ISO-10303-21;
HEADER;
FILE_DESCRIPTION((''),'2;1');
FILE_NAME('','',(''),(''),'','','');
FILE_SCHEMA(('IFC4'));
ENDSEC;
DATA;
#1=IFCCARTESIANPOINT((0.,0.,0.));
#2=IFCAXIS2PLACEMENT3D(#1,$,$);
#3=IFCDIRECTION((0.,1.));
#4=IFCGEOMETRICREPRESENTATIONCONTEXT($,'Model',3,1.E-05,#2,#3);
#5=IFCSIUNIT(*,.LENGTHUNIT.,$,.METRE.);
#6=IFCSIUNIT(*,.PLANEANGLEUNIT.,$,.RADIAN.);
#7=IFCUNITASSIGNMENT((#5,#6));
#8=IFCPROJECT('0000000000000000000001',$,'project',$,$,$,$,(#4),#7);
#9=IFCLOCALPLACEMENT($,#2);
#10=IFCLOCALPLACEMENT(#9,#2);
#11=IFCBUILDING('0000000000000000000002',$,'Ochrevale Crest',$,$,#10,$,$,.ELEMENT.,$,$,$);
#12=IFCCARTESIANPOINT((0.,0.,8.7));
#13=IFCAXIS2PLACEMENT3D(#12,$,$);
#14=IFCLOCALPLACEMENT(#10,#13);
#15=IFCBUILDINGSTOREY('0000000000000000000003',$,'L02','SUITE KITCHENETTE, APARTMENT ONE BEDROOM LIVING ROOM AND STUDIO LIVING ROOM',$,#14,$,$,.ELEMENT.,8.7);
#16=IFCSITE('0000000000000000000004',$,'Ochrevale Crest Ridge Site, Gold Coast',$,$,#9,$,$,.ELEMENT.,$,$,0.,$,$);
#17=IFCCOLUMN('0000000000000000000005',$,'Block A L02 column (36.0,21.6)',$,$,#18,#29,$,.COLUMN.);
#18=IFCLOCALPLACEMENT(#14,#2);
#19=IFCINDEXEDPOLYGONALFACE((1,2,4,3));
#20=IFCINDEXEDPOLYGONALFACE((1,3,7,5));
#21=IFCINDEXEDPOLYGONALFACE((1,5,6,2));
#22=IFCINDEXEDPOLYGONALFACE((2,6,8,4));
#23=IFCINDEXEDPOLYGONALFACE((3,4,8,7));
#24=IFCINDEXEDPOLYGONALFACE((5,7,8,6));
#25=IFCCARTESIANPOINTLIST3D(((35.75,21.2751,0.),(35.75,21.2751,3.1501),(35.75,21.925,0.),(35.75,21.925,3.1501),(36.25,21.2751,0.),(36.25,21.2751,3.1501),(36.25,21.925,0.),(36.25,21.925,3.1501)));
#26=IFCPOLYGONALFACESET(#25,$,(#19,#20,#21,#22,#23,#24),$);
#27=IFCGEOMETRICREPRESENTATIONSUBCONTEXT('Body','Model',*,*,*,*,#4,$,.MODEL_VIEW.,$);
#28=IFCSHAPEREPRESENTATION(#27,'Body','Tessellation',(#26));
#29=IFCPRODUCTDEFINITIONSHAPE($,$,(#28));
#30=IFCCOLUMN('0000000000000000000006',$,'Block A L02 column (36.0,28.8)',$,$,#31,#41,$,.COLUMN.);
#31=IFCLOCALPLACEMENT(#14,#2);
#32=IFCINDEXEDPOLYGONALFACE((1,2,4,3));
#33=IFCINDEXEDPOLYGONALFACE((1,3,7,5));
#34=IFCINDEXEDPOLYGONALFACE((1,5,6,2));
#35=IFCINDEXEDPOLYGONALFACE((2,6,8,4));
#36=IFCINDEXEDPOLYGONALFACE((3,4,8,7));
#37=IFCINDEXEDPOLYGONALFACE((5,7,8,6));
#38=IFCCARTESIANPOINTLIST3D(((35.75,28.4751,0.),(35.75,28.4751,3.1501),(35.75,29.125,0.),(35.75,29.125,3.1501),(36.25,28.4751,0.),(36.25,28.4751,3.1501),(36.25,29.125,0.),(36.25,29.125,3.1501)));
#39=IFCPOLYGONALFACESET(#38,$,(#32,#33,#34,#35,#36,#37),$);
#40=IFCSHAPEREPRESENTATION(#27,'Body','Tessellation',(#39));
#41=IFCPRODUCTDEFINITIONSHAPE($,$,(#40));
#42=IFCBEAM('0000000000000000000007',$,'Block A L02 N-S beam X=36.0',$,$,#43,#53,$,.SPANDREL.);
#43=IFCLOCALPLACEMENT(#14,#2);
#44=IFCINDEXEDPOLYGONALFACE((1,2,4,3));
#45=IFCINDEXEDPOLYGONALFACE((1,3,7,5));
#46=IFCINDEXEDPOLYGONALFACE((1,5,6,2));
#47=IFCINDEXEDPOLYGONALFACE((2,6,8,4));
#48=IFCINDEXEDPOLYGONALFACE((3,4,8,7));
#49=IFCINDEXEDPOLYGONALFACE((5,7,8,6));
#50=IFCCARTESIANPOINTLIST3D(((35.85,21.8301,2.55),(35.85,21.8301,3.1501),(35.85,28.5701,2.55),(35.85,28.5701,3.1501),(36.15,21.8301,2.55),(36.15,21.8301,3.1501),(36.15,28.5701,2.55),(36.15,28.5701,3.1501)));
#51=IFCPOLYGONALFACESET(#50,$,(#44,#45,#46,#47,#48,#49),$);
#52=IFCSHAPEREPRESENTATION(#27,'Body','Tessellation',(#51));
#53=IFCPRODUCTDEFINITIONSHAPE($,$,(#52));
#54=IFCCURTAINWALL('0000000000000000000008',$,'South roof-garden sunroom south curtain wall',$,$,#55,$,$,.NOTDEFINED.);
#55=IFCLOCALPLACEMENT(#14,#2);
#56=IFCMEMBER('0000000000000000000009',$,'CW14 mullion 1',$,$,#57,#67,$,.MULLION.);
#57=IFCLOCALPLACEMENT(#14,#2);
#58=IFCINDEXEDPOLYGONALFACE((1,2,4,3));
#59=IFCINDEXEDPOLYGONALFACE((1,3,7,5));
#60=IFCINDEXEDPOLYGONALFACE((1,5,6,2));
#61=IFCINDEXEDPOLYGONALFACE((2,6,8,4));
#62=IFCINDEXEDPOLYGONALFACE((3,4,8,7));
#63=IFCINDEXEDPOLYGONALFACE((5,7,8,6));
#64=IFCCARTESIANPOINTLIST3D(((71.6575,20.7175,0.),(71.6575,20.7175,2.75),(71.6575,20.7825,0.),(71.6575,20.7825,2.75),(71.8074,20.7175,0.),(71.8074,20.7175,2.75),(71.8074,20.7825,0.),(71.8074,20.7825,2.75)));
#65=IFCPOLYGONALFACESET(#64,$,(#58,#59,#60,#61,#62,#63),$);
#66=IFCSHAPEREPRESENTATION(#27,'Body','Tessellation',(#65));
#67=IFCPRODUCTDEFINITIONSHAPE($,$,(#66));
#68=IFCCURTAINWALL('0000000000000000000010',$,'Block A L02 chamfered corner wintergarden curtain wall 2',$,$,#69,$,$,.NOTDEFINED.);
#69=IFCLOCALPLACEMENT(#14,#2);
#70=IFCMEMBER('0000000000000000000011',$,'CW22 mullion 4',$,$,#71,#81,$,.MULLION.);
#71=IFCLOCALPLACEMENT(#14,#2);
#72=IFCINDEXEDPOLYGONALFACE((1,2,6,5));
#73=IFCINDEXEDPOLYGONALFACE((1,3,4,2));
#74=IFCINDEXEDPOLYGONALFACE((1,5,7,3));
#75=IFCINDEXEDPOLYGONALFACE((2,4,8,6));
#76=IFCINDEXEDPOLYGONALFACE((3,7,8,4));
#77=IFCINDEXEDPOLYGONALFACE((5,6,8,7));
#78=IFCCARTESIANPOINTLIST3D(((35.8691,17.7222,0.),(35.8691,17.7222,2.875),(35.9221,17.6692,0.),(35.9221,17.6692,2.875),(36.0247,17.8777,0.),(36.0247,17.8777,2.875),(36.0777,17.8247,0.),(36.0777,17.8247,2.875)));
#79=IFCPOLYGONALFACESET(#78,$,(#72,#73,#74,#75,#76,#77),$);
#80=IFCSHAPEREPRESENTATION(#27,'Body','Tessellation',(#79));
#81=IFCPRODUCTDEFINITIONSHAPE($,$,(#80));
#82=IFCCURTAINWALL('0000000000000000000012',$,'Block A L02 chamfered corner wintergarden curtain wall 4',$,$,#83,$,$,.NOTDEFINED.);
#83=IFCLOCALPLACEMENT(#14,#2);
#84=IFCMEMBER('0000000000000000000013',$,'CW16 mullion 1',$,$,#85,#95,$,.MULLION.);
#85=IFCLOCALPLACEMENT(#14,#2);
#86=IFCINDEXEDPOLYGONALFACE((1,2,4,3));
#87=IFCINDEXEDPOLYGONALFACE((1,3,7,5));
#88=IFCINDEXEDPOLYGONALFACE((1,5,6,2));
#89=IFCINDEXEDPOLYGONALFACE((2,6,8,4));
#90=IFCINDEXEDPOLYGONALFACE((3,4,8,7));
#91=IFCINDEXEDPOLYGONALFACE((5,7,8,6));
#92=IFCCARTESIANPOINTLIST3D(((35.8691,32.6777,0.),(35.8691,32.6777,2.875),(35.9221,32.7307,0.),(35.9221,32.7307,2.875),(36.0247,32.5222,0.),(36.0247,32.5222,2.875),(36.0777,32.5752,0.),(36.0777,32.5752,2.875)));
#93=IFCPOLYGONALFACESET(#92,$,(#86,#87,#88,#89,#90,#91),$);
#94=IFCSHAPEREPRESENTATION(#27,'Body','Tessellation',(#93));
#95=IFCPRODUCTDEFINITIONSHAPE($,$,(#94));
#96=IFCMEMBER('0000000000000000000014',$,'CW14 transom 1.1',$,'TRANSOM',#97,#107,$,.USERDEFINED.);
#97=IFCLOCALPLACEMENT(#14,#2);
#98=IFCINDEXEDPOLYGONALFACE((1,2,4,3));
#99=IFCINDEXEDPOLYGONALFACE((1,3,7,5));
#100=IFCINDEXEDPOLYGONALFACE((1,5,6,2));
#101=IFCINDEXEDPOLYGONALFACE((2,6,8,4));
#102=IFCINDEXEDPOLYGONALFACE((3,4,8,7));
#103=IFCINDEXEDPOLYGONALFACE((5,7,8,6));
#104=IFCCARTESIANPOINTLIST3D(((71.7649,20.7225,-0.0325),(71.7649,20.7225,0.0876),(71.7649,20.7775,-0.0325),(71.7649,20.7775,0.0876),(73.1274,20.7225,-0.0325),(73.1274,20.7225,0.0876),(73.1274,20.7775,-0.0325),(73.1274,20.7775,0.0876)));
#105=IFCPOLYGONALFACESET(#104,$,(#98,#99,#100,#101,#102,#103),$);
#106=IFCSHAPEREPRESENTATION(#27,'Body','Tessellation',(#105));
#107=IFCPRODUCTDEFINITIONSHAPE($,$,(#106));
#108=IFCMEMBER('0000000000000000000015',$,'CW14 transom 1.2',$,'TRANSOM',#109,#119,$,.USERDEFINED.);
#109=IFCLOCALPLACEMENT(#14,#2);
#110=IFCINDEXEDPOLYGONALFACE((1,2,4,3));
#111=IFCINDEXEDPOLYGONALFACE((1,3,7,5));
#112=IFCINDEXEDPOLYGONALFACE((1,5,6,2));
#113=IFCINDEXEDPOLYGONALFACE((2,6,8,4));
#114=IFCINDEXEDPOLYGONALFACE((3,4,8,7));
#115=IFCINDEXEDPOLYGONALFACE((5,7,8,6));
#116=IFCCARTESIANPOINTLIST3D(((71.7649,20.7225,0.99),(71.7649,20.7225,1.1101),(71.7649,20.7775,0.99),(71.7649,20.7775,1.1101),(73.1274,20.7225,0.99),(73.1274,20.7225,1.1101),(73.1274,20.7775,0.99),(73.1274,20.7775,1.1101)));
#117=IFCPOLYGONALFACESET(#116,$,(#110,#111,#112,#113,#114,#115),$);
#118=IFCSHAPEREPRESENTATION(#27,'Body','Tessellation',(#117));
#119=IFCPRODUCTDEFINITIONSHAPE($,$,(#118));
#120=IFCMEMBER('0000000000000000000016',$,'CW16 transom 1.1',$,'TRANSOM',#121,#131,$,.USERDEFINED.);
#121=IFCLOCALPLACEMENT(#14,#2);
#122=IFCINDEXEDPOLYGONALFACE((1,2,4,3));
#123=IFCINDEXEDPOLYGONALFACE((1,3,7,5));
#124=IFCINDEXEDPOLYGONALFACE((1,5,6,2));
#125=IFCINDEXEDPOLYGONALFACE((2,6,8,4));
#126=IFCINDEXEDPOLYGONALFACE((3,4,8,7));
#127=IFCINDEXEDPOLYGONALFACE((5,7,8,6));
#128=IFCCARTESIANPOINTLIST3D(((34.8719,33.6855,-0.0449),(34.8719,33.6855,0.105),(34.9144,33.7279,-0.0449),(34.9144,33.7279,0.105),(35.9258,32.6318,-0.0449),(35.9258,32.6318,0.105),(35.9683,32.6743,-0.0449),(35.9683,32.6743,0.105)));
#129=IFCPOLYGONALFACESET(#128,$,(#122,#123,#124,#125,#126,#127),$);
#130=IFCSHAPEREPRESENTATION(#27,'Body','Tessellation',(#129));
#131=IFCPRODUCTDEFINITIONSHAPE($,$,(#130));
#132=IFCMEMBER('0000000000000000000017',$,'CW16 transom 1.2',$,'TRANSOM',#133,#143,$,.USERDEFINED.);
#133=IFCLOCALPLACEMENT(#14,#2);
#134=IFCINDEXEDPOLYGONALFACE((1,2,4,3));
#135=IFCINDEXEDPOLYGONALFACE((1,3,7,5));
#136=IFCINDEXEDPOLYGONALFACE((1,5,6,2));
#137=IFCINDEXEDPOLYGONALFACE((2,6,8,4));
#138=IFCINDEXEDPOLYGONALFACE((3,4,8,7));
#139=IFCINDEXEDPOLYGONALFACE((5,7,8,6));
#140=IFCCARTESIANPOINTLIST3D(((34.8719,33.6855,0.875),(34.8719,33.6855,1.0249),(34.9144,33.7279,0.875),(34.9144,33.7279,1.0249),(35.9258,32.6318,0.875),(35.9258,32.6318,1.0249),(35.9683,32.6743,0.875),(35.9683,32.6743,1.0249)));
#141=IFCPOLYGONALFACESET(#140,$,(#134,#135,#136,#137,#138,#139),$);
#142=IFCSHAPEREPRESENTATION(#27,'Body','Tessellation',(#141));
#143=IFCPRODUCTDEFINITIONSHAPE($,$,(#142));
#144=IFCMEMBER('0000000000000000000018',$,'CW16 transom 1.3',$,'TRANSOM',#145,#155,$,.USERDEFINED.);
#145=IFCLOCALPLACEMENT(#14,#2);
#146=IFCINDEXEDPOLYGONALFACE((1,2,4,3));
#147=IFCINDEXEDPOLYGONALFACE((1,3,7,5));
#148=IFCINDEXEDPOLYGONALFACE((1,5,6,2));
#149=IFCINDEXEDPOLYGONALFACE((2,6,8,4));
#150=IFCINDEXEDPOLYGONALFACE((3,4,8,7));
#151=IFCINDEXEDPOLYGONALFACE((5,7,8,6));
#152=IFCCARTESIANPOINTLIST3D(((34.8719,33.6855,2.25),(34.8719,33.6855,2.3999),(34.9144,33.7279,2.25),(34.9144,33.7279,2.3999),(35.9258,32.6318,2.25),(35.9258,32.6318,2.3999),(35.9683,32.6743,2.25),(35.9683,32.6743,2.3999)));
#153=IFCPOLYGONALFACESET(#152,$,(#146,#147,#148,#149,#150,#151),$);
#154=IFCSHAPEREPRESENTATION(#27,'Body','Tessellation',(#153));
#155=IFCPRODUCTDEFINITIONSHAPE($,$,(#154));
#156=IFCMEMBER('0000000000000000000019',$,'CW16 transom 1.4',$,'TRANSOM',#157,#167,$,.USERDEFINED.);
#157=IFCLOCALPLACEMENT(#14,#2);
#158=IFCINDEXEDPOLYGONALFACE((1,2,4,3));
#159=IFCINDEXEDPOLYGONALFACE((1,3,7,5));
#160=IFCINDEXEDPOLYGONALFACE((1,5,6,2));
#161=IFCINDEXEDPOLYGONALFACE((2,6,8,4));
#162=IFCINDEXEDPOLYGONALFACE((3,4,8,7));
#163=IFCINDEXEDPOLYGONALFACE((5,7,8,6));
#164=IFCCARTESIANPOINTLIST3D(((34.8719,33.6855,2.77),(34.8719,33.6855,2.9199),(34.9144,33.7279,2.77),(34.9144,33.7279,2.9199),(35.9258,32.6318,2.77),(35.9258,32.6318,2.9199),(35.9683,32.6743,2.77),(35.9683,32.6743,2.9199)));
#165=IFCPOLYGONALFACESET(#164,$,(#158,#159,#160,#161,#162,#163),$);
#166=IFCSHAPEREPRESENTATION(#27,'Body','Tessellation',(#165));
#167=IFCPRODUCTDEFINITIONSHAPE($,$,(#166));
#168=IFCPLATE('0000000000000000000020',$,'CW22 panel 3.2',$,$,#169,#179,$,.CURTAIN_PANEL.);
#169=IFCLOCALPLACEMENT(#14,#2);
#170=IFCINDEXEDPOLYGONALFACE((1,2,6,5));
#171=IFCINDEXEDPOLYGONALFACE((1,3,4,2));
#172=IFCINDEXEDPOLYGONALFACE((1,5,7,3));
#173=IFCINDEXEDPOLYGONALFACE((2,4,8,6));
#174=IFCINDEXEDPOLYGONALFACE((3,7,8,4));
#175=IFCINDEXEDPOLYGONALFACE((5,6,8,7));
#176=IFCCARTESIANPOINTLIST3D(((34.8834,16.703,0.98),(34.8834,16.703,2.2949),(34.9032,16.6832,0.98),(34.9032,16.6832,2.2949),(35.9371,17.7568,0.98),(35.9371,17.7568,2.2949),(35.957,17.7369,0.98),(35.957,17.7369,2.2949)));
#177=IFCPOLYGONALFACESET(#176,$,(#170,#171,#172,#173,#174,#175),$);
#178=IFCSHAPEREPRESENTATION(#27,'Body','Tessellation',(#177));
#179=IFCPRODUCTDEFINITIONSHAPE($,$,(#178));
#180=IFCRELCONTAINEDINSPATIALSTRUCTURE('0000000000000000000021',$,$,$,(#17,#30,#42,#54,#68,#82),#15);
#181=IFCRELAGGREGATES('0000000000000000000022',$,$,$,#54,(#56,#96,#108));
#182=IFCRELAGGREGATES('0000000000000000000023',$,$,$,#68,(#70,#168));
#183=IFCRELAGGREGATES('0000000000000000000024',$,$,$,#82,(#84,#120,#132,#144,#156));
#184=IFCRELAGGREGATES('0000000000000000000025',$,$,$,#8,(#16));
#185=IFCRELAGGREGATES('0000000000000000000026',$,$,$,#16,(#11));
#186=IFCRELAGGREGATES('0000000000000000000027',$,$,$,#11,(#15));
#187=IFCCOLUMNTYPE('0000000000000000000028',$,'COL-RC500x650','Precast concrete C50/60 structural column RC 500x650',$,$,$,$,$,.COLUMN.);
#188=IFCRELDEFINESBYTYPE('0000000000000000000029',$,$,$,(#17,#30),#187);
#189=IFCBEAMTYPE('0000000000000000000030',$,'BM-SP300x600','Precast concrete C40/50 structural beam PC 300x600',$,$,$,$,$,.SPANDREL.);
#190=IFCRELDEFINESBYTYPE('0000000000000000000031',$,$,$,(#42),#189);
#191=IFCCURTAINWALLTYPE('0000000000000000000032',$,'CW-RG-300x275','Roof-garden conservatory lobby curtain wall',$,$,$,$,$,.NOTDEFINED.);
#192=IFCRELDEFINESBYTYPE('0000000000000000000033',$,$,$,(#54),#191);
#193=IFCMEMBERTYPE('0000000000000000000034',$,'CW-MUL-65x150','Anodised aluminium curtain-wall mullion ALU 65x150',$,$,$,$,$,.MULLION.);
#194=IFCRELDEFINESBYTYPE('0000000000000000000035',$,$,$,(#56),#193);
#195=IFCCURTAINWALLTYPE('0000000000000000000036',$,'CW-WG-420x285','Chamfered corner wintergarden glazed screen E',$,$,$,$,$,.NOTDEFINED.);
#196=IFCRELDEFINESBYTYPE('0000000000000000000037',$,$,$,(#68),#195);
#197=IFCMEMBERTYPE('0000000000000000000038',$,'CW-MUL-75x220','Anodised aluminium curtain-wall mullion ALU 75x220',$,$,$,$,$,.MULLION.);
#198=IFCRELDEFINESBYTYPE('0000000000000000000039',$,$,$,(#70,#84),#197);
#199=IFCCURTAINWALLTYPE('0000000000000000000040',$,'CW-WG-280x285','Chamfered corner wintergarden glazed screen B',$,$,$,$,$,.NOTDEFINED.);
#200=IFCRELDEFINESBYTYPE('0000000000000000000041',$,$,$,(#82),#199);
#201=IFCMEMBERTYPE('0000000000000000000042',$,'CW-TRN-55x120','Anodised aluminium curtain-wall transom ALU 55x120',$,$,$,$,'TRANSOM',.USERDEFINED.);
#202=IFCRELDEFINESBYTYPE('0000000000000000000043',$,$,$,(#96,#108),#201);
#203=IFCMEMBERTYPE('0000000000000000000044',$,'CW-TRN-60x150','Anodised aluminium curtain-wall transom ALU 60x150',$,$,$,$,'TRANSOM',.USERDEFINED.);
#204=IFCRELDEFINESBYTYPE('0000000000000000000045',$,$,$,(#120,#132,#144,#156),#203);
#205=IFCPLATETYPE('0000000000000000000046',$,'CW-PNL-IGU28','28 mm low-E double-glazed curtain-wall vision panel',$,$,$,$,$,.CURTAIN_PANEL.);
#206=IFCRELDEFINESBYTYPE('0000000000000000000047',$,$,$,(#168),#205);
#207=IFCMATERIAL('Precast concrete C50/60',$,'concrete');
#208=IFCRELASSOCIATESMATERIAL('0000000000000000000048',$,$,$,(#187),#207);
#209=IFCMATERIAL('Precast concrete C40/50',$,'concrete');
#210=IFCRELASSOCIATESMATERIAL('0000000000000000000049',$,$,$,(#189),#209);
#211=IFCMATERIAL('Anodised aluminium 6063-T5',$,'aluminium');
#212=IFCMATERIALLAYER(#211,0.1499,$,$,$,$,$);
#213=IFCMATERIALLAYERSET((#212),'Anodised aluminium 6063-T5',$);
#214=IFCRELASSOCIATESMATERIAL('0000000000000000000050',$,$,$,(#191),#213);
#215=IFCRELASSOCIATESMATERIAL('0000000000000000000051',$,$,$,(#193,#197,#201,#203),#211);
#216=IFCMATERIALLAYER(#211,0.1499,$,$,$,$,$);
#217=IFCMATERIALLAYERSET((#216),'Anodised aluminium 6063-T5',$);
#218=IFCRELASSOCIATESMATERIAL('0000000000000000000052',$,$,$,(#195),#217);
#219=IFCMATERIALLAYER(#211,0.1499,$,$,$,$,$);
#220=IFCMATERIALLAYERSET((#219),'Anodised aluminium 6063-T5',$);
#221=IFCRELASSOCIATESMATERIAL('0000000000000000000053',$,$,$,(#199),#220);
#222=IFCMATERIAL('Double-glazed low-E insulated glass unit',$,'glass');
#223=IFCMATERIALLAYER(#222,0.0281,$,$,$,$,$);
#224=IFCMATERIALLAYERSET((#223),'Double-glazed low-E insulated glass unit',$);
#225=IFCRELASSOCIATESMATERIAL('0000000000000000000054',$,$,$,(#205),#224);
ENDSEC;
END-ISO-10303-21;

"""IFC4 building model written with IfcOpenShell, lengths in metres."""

from ifc_helpers import new_model, si_unit, direction, frame, origin, origin_2d, place, context, subcontext, project, spatial, rectangle, extrude, material, layer, layer_set, material_profile, profile_set, type_object, element, aggregate, save


model = new_model("IFC4")

# Units and contexts
model_context = context("Model", 3, precision=1e-05, world=origin(), true_north=direction((0.0, 1.0)))
body_context = subcontext(model_context, "Body", "Model", "MODEL_VIEW")
ifc_project = project(units=[si_unit("LENGTHUNIT", "METRE"), si_unit("PLANEANGLEUNIT", "RADIAN")], contexts=[model_context])

# Site, building, storey
site_placement = place(None, origin())
site = spatial("IfcSite", under=ifc_project, at=site_placement, Name="Ochrevale Crest Ridge Site, Gold Coast", CompositionType="ELEMENT", RefElevation=0.0)
building_placement = place(site_placement, origin())
building = spatial("IfcBuilding", under=site, at=building_placement, Name="Ochrevale Crest", CompositionType="ELEMENT")
storey_placement = place(building_placement, frame((0.0, 0.0, 8.7)))
storey = spatial("IfcBuildingStorey", under=building, at=storey_placement, Name="L02", Description="SUITE KITCHENETTE, APARTMENT ONE BEDROOM LIVING ROOM AND STUDIO LIVING ROOM", CompositionType="ELEMENT", Elevation=8.7)

# Columns
ifc_material_1 = material(Name="Precast concrete C50/60", Category="concrete")
ifc_material_profile_1 = material_profile(ifc_material_1, rectangle(XDim=0.5, YDim=0.6499, at=origin_2d()), Name="RC 500x650")
ifc_profile_set_1 = profile_set([ifc_material_profile_1], Name="Precast concrete C50/60")
column_type = type_object("IfcColumnType", Name="COL-RC500x650", Description="Precast concrete C50/60 structural column RC 500x650", PredefinedType="COLUMN", material=ifc_profile_set_1)
for number, where, z_axis, x_axis, name in (
    (1, (36.0, 21.6001, 0.0), (0.0, 0.0, 1.0), (1.0, 0.0, 0.0), "Block A L02 column (36.0,21.6)"),
    (2, (36.0, 28.8, 0.0), (0.0, 0.0, 1.0), (1.0, 0.0, 0.0), "Block A L02 column (36.0,28.8)"),
):
    element("IfcColumn", number, at=place(storey_placement, frame(where, z_axis=z_axis, x_axis=x_axis)), inside=storey, type_object=column_type, Name=name, PredefinedType="COLUMN", context=body_context, shape_type="SweptSolid", body=[
        extrude(rectangle(XDim=0.5, YDim=0.6499, at=origin_2d()), origin(), (0.0, 0.0, 1.0), 3.1501),
    ])

# Beam
ifc_material_2 = material(Name="Precast concrete C40/50", Category="concrete")
ifc_material_profile_2 = material_profile(ifc_material_2, rectangle(XDim=0.3, YDim=0.6001, at=origin_2d()), Name="PC 300x600")
ifc_profile_set_2 = profile_set([ifc_material_profile_2], Name="Precast concrete C40/50")
beam_type = type_object("IfcBeamType", Name="BM-SP300x600", Description="Precast concrete C40/50 structural beam PC 300x600", PredefinedType="SPANDREL", material=ifc_profile_set_2)
beam_placement = place(storey_placement, frame((36.0, 21.8301, 2.8501), z_axis=(0.0, 1.0, 0.0), x_axis=(-1.0, 0.0, 0.0)))
element("IfcBeam", 3, at=beam_placement, inside=storey, type_object=beam_type, Name="Block A L02 N-S beam X=36.0", PredefinedType="SPANDREL", context=body_context, shape_type="SweptSolid", body=[
    extrude(rectangle(XDim=0.3, YDim=0.6001, at=origin_2d()), origin(), (0.0, 0.0, 1.0), 6.74),
])

# Curtain walls, members
ifc_material_3 = material(Name="Anodised aluminium 6063-T5", Category="aluminium")
ifc_layer_1 = layer(ifc_material_3, 0.1499)
ifc_layer_set_1 = layer_set([ifc_layer_1], Name="Anodised aluminium 6063-T5")
curtain_wall_type_1 = type_object("IfcCurtainWallType", Name="CW-RG-300x275", Description="Roof-garden conservatory lobby curtain wall", PredefinedType="NOTDEFINED", material=ifc_layer_set_1)
curtain_wall_1_placement = place(storey_placement, origin())
curtain_wall_1 = element("IfcCurtainWall", 4, at=curtain_wall_1_placement, inside=storey, type_object=curtain_wall_type_1, Name="South roof-garden sunroom south curtain wall", PredefinedType="NOTDEFINED")
ifc_material_profile_3 = material_profile(ifc_material_3, rectangle(XDim=0.0649, YDim=0.1499, at=origin_2d()), Name="ALU 65x150")
ifc_profile_set_3 = profile_set([ifc_material_profile_3], Name="Anodised aluminium 6063-T5")
member_type_1 = type_object("IfcMemberType", Name="CW-MUL-65x150", Description="Anodised aluminium curtain-wall mullion ALU 65x150", PredefinedType="MULLION", material=ifc_profile_set_3)
member_1_placement = place(storey_placement, frame((71.7324, 20.75, 0.0), z_axis=(0.0, 0.0, 1.0), x_axis=(0.0, 1.0, 0.0)))
member_1 = element("IfcMember", 5, at=member_1_placement, type_object=member_type_1, Name="CW14 mullion 1", PredefinedType="MULLION", context=body_context, shape_type="SweptSolid", body=[
    extrude(rectangle(XDim=0.0649, YDim=0.1499, at=origin_2d()), origin(), (0.0, 0.0, 1.0), 2.75),
])
ifc_layer_2 = layer(ifc_material_3, 0.1499)
ifc_layer_set_2 = layer_set([ifc_layer_2], Name="Anodised aluminium 6063-T5")
curtain_wall_type_2 = type_object("IfcCurtainWallType", Name="CW-WG-420x285", Description="Chamfered corner wintergarden glazed screen E", PredefinedType="NOTDEFINED", material=ifc_layer_set_2)
curtain_wall_2_placement = place(storey_placement, origin())
curtain_wall_2 = element("IfcCurtainWall", 6, at=curtain_wall_2_placement, inside=storey, type_object=curtain_wall_type_2, Name="Block A L02 chamfered corner wintergarden curtain wall 2", PredefinedType="NOTDEFINED")
ifc_material_profile_4 = material_profile(ifc_material_3, rectangle(XDim=0.075, YDim=0.22, at=origin_2d()), Name="ALU 75x220")
ifc_profile_set_4 = profile_set([ifc_material_profile_4], Name="Anodised aluminium 6063-T5")
member_type_2 = type_object("IfcMemberType", Name="CW-MUL-75x220", Description="Anodised aluminium curtain-wall mullion ALU 75x220", PredefinedType="MULLION", material=ifc_profile_set_4)
member_2_placement = place(storey_placement, frame((35.9734, 17.7734, 0.0), z_axis=(0.0, 0.0, 1.0), x_axis=(-0.707107, 0.707107, 0.0)))
member_2 = element("IfcMember", 7, at=member_2_placement, type_object=member_type_2, Name="CW22 mullion 4", PredefinedType="MULLION", context=body_context, shape_type="SweptSolid", body=[
    extrude(rectangle(XDim=0.075, YDim=0.22, at=origin_2d()), origin(), (0.0, 0.0, 1.0), 2.875),
])
ifc_layer_3 = layer(ifc_material_3, 0.1499)
ifc_layer_set_3 = layer_set([ifc_layer_3], Name="Anodised aluminium 6063-T5")
curtain_wall_type_3 = type_object("IfcCurtainWallType", Name="CW-WG-280x285", Description="Chamfered corner wintergarden glazed screen B", PredefinedType="NOTDEFINED", material=ifc_layer_set_3)
curtain_wall_3_placement = place(storey_placement, origin())
curtain_wall_3 = element("IfcCurtainWall", 8, at=curtain_wall_3_placement, inside=storey, type_object=curtain_wall_type_3, Name="Block A L02 chamfered corner wintergarden curtain wall 4", PredefinedType="NOTDEFINED")
member_3_placement = place(storey_placement, frame((35.9734, 32.6265, 0.0), z_axis=(0.0, 0.0, 1.0), x_axis=(-0.707107, -0.707107, 0.0)))
member_3 = element("IfcMember", 9, at=member_3_placement, type_object=member_type_2, Name="CW16 mullion 1", PredefinedType="MULLION", context=body_context, shape_type="SweptSolid", body=[
    extrude(rectangle(XDim=0.075, YDim=0.22, at=origin_2d()), origin(), (0.0, 0.0, 1.0), 2.875),
])

# Members
ifc_material_profile_5 = material_profile(ifc_material_3, rectangle(XDim=0.0549, YDim=0.1201, at=origin_2d()), Name="ALU 55x120")
ifc_profile_set_5 = profile_set([ifc_material_profile_5], Name="Anodised aluminium 6063-T5")
member_type_3 = type_object("IfcMemberType", Name="CW-TRN-55x120", Description="Anodised aluminium curtain-wall transom ALU 55x120", ElementType="TRANSOM", PredefinedType="USERDEFINED", material=ifc_profile_set_5)
member_4_placement = place(storey_placement, frame((71.7649, 20.75, 0.0276), z_axis=(1.0, 0.0, 0.0), x_axis=(0.0, 1.0, 0.0)))
member_4 = element("IfcMember", 10, at=member_4_placement, type_object=member_type_3, Name="CW14 transom 1.1", ObjectType="TRANSOM", PredefinedType="USERDEFINED", context=body_context, shape_type="SweptSolid", body=[
    extrude(rectangle(XDim=0.0549, YDim=0.1201, at=origin_2d()), origin(), (0.0, 0.0, 1.0), 1.3625),
])
member_5_placement = place(storey_placement, frame((71.7649, 20.75, 1.05), z_axis=(1.0, 0.0, 0.0), x_axis=(0.0, 1.0, 0.0)))
member_5 = element("IfcMember", 11, at=member_5_placement, type_object=member_type_3, Name="CW14 transom 1.2", ObjectType="TRANSOM", PredefinedType="USERDEFINED", context=body_context, shape_type="SweptSolid", body=[
    extrude(rectangle(XDim=0.0549, YDim=0.1201, at=origin_2d()), origin(), (0.0, 0.0, 1.0), 1.3625),
])
aggregate(curtain_wall_1, [member_1, member_4, member_5])
ifc_material_profile_6 = material_profile(ifc_material_3, rectangle(XDim=0.0601, YDim=0.1499, at=origin_2d()), Name="ALU 60x150")
ifc_profile_set_6 = profile_set([ifc_material_profile_6], Name="Anodised aluminium 6063-T5")
member_type_4 = type_object("IfcMemberType", Name="CW-TRN-60x150", Description="Anodised aluminium curtain-wall transom ALU 60x150", ElementType="TRANSOM", PredefinedType="USERDEFINED", material=ifc_profile_set_6)
member_6_placement = place(storey_placement, frame((35.947, 32.6531, 0.03), z_axis=(-0.707189, 0.707025, 0.0), x_axis=(-0.707025, -0.707189, 0.0)))
member_6 = element("IfcMember", 12, at=member_6_placement, type_object=member_type_4, Name="CW16 transom 1.1", ObjectType="TRANSOM", PredefinedType="USERDEFINED", context=body_context, shape_type="SweptSolid", body=[
    extrude(rectangle(XDim=0.0601, YDim=0.1499, at=origin_2d()), origin(), (0.0, 0.0, 1.0), 1.4902),
])
member_7_placement = place(storey_placement, frame((35.947, 32.6531, 0.95), z_axis=(-0.707189, 0.707025, 0.0), x_axis=(-0.707025, -0.707189, 0.0)))
member_7 = element("IfcMember", 13, at=member_7_placement, type_object=member_type_4, Name="CW16 transom 1.2", ObjectType="TRANSOM", PredefinedType="USERDEFINED", context=body_context, shape_type="SweptSolid", body=[
    extrude(rectangle(XDim=0.0601, YDim=0.1499, at=origin_2d()), origin(), (0.0, 0.0, 1.0), 1.4902),
])
member_8_placement = place(storey_placement, frame((35.947, 32.6531, 2.325), z_axis=(-0.707189, 0.707025, 0.0), x_axis=(-0.707025, -0.707189, 0.0)))
member_8 = element("IfcMember", 14, at=member_8_placement, type_object=member_type_4, Name="CW16 transom 1.3", ObjectType="TRANSOM", PredefinedType="USERDEFINED", context=body_context, shape_type="SweptSolid", body=[
    extrude(rectangle(XDim=0.0601, YDim=0.1499, at=origin_2d()), origin(), (0.0, 0.0, 1.0), 1.4902),
])
member_9_placement = place(storey_placement, frame((35.947, 32.6531, 2.845), z_axis=(-0.707189, 0.707025, 0.0), x_axis=(-0.707025, -0.707189, 0.0)))
member_9 = element("IfcMember", 15, at=member_9_placement, type_object=member_type_4, Name="CW16 transom 1.4", ObjectType="TRANSOM", PredefinedType="USERDEFINED", context=body_context, shape_type="SweptSolid", body=[
    extrude(rectangle(XDim=0.0601, YDim=0.1499, at=origin_2d()), origin(), (0.0, 0.0, 1.0), 1.4902),
])

# Plate
ifc_material_4 = material(Name="Double-glazed low-E insulated glass unit", Category="glass")
ifc_layer_4 = layer(ifc_material_4, 0.0281)
ifc_layer_set_4 = layer_set([ifc_layer_4], Name="Double-glazed low-E insulated glass unit")
plate_type_1 = type_object("IfcPlateType", Name="CW-PNL-IGU28", Description="28 mm low-E double-glazed curtain-wall vision panel", PredefinedType="CURTAIN_PANEL", material=ifc_layer_set_4)
plate_1_placement = place(storey_placement, frame((35.4202, 17.22, 0.98), z_axis=(0.0, 0.0, 1.0), x_axis=(0.707107, 0.707107, 0.0)))
plate_1 = element("IfcPlate", 16, at=plate_1_placement, type_object=plate_type_1, Name="CW22 panel 3.2", PredefinedType="CURTAIN_PANEL", context=body_context, shape_type="SweptSolid", body=[
    extrude(rectangle(XDim=1.4902, YDim=0.0281, at=origin_2d()), origin(), (0.0, 0.0, 1.0), 1.3149),
])
aggregate(curtain_wall_2, [member_2, plate_1])
aggregate(curtain_wall_3, [member_3, member_6, member_7, member_8, member_9])

save(model, "model.ifc")
